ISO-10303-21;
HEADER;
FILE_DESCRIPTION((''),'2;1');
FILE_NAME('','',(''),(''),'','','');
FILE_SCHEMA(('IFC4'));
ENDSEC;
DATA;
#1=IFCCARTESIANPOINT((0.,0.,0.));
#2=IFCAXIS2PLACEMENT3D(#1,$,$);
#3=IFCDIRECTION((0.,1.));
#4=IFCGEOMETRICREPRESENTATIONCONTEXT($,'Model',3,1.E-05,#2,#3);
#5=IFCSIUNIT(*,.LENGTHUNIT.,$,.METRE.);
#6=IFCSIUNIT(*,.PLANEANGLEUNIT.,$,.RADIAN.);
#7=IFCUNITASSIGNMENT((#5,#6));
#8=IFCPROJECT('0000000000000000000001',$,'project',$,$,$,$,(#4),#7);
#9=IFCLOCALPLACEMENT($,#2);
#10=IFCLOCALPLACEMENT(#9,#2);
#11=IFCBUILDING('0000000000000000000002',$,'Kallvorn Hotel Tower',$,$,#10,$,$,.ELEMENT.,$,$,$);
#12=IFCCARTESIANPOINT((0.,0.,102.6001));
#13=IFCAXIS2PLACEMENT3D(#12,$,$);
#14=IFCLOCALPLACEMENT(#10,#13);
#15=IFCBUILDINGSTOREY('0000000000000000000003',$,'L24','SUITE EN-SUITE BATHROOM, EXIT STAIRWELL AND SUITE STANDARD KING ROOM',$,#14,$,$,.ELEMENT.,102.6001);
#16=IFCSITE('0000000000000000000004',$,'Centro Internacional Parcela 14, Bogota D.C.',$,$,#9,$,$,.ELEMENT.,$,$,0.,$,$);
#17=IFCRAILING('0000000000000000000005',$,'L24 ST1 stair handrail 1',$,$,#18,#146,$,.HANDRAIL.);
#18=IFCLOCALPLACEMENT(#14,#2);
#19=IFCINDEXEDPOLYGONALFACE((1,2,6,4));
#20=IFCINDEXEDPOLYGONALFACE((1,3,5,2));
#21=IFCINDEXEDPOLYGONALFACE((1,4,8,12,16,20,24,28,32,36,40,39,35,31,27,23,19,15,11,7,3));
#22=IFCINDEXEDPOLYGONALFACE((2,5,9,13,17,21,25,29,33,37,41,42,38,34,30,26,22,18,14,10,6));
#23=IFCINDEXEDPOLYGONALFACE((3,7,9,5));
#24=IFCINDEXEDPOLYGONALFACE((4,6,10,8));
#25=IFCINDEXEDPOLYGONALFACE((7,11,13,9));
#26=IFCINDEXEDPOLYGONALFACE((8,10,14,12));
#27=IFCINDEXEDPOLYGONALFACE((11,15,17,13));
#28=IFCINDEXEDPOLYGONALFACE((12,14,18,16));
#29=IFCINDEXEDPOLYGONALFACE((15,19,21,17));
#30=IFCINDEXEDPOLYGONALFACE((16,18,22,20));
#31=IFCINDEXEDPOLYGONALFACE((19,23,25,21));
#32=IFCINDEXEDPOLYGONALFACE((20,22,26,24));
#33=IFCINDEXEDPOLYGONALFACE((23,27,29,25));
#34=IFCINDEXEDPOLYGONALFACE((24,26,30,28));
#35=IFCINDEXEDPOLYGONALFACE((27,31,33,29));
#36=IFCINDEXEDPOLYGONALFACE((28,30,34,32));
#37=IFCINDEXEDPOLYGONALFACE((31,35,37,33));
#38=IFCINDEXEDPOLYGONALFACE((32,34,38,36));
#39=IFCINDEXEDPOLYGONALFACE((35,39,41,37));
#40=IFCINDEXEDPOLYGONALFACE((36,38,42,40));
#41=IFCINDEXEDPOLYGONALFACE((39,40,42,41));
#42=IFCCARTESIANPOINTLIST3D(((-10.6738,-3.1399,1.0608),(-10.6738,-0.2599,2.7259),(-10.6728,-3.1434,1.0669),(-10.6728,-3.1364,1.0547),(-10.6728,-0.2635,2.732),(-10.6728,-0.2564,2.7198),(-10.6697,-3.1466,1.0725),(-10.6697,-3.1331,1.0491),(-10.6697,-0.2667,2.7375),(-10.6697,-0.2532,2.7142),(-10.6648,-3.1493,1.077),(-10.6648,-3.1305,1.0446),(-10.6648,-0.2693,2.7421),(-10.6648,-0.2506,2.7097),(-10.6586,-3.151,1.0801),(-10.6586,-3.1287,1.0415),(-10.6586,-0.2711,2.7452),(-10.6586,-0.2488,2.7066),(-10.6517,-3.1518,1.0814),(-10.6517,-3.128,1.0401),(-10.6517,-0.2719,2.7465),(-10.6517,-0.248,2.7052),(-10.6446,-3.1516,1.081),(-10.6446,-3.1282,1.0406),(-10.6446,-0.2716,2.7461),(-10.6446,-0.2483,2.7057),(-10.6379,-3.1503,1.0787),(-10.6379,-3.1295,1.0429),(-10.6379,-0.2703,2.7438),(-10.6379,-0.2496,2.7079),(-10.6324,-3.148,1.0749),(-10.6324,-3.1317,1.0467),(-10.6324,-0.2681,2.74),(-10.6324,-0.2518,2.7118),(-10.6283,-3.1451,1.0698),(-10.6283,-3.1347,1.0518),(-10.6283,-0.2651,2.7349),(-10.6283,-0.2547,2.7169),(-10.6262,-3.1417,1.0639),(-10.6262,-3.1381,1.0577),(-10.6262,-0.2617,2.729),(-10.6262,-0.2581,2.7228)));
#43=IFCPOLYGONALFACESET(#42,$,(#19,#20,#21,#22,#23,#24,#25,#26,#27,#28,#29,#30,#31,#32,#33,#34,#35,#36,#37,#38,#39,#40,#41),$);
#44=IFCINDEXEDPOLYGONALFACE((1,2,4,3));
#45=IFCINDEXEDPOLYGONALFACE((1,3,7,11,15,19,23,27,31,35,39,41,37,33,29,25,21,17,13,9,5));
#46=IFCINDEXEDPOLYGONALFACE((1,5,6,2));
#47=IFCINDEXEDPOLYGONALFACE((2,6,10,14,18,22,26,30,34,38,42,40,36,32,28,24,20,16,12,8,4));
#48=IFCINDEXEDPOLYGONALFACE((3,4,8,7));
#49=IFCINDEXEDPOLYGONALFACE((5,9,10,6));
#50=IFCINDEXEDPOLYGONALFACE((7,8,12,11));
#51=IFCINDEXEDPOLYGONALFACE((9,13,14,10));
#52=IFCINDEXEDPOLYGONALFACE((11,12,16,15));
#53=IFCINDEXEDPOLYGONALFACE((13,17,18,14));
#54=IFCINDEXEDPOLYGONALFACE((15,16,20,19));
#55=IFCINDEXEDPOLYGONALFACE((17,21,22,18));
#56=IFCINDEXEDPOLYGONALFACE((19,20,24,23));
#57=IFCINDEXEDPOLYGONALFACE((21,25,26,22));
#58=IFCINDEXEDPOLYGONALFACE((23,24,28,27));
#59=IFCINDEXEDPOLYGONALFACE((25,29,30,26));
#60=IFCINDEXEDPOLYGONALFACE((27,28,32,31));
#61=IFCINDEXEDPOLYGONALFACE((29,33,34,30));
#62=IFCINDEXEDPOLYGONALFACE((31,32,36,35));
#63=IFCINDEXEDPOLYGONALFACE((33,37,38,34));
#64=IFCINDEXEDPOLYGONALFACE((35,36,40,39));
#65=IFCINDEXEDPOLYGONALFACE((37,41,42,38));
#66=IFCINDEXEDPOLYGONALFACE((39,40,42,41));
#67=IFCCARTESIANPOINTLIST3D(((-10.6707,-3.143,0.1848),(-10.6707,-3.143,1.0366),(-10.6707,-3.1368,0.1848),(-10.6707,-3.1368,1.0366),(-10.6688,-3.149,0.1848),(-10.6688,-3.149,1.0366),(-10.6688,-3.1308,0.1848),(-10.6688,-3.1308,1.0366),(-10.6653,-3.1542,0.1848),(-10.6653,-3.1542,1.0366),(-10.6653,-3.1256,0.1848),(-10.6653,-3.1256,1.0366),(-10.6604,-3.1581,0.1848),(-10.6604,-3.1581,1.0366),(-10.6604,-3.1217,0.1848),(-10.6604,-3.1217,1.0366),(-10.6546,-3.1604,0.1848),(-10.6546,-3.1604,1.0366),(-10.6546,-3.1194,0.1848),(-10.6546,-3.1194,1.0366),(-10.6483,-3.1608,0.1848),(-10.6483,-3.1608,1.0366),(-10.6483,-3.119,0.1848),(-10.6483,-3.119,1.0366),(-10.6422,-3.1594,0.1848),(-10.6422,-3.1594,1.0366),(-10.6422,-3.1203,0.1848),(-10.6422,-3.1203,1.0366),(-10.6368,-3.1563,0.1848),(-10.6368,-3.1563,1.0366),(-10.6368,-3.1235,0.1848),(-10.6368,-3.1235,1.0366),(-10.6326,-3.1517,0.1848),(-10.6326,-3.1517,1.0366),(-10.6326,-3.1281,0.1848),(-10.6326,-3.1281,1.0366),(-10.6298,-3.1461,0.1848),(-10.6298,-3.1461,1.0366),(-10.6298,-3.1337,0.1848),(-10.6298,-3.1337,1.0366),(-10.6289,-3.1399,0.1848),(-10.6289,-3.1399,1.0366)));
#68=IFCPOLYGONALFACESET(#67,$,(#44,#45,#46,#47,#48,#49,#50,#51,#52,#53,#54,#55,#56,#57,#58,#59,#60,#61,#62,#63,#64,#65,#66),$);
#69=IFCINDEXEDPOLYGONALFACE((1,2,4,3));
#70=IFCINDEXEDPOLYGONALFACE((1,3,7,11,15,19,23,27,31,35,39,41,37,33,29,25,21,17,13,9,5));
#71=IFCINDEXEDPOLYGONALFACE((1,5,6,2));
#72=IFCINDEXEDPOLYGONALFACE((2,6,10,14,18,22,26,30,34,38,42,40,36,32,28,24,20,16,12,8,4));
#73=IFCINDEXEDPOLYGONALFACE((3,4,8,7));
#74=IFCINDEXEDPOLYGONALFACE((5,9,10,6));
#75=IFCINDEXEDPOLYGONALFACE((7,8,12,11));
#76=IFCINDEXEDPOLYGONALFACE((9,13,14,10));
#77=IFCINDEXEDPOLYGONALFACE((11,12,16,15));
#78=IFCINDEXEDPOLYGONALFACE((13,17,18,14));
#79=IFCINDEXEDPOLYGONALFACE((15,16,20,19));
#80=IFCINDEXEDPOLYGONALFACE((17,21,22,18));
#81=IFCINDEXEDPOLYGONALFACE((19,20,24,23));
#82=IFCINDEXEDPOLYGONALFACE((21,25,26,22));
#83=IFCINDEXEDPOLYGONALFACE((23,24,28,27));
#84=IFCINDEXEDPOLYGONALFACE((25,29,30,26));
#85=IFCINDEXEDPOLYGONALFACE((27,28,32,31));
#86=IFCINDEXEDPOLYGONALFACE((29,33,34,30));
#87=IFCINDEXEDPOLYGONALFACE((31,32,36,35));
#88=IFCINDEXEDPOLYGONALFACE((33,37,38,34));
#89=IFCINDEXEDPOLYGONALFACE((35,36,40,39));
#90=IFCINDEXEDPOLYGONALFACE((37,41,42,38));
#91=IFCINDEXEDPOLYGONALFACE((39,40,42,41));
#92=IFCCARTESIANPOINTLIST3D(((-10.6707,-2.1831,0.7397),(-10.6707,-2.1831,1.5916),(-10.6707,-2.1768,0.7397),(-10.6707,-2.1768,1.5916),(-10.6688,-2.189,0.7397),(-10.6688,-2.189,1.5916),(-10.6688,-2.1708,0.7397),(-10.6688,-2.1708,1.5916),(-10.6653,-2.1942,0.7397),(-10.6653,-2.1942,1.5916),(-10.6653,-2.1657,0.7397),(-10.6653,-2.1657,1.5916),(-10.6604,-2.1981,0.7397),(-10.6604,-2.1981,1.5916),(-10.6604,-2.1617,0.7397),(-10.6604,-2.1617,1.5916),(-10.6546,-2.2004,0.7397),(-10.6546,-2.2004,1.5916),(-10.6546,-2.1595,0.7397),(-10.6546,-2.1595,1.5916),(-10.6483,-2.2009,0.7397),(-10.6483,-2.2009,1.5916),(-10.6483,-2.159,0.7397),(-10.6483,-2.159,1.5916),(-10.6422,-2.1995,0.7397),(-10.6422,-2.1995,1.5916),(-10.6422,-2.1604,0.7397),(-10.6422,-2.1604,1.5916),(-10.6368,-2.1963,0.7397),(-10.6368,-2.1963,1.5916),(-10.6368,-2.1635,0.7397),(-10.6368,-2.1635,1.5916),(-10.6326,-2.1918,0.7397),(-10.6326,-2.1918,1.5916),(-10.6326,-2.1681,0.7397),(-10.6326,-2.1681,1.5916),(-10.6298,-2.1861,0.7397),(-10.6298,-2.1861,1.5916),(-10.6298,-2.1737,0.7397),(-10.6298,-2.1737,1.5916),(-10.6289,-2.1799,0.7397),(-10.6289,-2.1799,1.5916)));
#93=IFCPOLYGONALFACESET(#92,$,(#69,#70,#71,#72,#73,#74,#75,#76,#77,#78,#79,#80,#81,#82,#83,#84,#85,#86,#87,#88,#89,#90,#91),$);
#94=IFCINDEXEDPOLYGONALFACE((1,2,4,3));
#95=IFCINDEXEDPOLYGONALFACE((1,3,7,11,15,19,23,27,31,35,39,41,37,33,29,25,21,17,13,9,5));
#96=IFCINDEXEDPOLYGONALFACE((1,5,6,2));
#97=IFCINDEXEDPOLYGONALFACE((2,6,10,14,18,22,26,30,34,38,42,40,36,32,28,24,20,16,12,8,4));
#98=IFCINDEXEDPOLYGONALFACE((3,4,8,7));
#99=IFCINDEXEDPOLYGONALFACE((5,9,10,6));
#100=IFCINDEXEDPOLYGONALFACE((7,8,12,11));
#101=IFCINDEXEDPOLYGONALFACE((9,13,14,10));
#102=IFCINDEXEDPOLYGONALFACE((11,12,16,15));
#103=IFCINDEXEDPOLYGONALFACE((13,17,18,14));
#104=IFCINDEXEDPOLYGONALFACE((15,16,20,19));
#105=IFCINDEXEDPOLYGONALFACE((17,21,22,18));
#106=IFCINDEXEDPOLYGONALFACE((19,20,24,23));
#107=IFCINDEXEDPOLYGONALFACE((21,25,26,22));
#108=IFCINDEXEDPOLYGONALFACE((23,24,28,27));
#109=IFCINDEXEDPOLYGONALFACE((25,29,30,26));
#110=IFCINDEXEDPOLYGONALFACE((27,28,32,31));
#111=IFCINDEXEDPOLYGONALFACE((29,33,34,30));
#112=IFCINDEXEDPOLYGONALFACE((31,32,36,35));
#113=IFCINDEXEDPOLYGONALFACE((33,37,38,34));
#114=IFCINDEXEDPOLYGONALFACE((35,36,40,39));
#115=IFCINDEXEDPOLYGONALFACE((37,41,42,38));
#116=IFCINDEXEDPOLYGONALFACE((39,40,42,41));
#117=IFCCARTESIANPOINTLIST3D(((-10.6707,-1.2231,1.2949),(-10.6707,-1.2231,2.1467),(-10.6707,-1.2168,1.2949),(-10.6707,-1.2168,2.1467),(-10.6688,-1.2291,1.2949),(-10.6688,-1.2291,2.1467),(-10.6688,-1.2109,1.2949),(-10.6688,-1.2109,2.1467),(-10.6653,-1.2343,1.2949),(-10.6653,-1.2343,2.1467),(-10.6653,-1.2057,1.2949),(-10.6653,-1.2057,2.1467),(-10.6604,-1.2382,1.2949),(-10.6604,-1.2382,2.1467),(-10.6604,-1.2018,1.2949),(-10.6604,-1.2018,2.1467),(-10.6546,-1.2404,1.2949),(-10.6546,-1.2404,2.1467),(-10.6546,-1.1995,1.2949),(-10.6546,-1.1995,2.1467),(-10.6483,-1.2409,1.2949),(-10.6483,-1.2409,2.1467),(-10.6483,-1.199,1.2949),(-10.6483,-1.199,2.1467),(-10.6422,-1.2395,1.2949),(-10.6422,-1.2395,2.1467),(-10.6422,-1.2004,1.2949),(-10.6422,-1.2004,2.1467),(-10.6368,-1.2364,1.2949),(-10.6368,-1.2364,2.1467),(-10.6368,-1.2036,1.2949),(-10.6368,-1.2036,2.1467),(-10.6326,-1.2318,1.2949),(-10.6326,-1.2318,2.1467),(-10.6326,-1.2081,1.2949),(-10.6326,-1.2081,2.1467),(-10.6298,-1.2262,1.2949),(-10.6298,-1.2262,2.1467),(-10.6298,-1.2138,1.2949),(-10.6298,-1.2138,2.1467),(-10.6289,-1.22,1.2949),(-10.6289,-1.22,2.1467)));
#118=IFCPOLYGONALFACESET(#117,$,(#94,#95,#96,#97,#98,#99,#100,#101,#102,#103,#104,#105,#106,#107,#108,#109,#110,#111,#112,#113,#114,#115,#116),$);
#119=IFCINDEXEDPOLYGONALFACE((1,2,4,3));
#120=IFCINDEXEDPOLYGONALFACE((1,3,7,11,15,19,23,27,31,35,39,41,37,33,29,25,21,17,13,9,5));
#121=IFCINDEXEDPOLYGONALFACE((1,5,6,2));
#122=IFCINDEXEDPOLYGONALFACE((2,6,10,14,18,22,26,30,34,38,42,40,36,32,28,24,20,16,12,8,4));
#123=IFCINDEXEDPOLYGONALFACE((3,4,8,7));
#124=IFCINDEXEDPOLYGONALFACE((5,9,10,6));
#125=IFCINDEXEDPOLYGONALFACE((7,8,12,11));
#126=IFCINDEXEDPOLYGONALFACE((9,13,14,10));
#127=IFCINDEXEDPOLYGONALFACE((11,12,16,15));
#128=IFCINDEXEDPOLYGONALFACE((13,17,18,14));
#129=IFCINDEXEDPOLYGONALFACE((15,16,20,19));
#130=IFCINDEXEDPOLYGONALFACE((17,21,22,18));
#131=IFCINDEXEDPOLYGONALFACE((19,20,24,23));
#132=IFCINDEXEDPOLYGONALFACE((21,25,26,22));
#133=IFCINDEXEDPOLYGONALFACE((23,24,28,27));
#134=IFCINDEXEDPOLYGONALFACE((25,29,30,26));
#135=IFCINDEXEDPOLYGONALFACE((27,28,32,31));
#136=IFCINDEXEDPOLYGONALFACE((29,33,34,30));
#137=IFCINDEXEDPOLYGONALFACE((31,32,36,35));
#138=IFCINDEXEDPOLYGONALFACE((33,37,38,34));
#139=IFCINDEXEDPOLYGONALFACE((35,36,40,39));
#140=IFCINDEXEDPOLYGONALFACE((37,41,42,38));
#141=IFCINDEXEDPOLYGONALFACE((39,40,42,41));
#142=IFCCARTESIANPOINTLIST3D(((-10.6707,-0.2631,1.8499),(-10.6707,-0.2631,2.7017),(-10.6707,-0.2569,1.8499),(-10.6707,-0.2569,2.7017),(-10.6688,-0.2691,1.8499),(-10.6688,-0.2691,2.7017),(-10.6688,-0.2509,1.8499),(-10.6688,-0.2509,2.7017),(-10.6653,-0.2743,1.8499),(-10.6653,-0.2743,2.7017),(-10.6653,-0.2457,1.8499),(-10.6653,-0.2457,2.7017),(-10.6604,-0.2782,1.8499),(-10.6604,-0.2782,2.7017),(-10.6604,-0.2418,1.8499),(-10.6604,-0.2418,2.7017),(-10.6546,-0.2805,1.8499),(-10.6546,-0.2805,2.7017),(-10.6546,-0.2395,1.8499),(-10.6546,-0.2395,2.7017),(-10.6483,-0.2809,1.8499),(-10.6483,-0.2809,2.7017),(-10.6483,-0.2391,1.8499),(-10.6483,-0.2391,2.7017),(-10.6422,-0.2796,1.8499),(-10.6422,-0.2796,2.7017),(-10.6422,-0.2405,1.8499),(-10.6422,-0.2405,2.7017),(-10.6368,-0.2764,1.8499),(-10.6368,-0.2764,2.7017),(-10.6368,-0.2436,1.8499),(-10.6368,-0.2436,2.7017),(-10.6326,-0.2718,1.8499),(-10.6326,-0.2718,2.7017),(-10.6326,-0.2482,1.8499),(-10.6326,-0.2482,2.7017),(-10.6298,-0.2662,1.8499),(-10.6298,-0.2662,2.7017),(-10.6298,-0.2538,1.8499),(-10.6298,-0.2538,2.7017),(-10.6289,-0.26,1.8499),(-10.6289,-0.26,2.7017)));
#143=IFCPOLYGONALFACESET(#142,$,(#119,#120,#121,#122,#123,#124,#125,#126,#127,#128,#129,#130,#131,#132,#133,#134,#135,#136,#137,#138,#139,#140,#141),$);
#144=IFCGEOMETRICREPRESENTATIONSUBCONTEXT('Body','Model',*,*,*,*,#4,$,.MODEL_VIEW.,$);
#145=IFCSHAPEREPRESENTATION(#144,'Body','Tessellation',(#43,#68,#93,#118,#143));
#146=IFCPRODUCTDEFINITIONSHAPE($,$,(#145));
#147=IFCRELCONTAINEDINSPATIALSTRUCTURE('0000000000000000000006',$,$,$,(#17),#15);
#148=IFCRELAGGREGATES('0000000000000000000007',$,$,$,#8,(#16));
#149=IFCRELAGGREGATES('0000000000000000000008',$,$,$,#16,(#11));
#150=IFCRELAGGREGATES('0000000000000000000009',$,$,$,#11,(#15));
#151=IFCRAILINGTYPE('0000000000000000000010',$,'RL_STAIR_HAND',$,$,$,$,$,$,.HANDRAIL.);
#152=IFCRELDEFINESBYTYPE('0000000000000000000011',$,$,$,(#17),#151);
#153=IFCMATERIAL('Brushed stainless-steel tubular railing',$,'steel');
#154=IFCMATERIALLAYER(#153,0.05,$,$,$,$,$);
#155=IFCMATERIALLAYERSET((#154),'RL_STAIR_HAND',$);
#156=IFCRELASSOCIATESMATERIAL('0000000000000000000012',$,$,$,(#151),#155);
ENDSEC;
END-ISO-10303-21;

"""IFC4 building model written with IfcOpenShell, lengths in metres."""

from ifc_helpers import new_model, si_unit, direction, frame, origin, origin_2d, place, context, subcontext, project, spatial, circle, extrude, material, layer, layer_set, type_object, element, save


model = new_model("IFC4")

# Units and contexts
model_context = context("Model", 3, precision=1e-05, world=origin(), true_north=direction((0.0, 1.0)))
body_context = subcontext(model_context, "Body", "Model", "MODEL_VIEW")
ifc_project = project(units=[si_unit("LENGTHUNIT", "METRE"), si_unit("PLANEANGLEUNIT", "RADIAN")], contexts=[model_context])

# Site, building, storey
site_placement = place(None, origin())
site = spatial("IfcSite", under=ifc_project, at=site_placement, Name="Centro Internacional Parcela 14, Bogota D.C.", CompositionType="ELEMENT", RefElevation=0.0)
building_placement = place(site_placement, origin())
building = spatial("IfcBuilding", under=site, at=building_placement, Name="Kallvorn Hotel Tower", CompositionType="ELEMENT")
storey_placement = place(building_placement, frame((0.0, 0.0, 102.6001)))
storey = spatial("IfcBuildingStorey", under=building, at=storey_placement, Name="L24", Description="SUITE EN-SUITE BATHROOM, EXIT STAIRWELL AND SUITE STANDARD KING ROOM", CompositionType="ELEMENT", Elevation=102.6001)

# Railing
ifc_material_1 = material(Name="Brushed stainless-steel tubular railing", Category="steel")
ifc_layer_1 = layer(ifc_material_1, 0.05)
ifc_layer_set_1 = layer_set([ifc_layer_1], Name="RL_STAIR_HAND")
railing_type_1 = type_object("IfcRailingType", Name="RL_STAIR_HAND", PredefinedType="HANDRAIL", material=ifc_layer_set_1)
railing_1_placement = place(storey_placement, frame((-10.6499, -3.1399, 0.1848)))
element("IfcRailing", 1, at=railing_1_placement, inside=storey, type_object=railing_type_1, Name="L24 ST1 stair handrail 1", PredefinedType="HANDRAIL", context=body_context, shape_type="SweptSolid", body=[
    extrude(circle(Radius=0.0239, at=origin_2d()), frame((0.0, 0.0, 0.876), z_axis=(0.0, 0.865721, 0.500527), x_axis=(-1.0, 0.0, 0.0)), (0.0, 0.0, 1.0), 3.3267),
    extrude(circle(Radius=0.021, at=origin_2d()), origin(), (0.0, 0.0, 1.0), 0.8518),
    extrude(circle(Radius=0.021, at=origin_2d()), frame((0.0, 0.96, 0.5549)), (0.0, 0.0, 1.0), 0.8518),
    extrude(circle(Radius=0.021, at=origin_2d()), frame((0.0, 1.9199, 1.1101)), (0.0, 0.0, 1.0), 0.8518),
    extrude(circle(Radius=0.021, at=origin_2d()), frame((0.0, 2.8799, 1.665)), (0.0, 0.0, 1.0), 0.8518),
])

save(model, "model.ifc")
